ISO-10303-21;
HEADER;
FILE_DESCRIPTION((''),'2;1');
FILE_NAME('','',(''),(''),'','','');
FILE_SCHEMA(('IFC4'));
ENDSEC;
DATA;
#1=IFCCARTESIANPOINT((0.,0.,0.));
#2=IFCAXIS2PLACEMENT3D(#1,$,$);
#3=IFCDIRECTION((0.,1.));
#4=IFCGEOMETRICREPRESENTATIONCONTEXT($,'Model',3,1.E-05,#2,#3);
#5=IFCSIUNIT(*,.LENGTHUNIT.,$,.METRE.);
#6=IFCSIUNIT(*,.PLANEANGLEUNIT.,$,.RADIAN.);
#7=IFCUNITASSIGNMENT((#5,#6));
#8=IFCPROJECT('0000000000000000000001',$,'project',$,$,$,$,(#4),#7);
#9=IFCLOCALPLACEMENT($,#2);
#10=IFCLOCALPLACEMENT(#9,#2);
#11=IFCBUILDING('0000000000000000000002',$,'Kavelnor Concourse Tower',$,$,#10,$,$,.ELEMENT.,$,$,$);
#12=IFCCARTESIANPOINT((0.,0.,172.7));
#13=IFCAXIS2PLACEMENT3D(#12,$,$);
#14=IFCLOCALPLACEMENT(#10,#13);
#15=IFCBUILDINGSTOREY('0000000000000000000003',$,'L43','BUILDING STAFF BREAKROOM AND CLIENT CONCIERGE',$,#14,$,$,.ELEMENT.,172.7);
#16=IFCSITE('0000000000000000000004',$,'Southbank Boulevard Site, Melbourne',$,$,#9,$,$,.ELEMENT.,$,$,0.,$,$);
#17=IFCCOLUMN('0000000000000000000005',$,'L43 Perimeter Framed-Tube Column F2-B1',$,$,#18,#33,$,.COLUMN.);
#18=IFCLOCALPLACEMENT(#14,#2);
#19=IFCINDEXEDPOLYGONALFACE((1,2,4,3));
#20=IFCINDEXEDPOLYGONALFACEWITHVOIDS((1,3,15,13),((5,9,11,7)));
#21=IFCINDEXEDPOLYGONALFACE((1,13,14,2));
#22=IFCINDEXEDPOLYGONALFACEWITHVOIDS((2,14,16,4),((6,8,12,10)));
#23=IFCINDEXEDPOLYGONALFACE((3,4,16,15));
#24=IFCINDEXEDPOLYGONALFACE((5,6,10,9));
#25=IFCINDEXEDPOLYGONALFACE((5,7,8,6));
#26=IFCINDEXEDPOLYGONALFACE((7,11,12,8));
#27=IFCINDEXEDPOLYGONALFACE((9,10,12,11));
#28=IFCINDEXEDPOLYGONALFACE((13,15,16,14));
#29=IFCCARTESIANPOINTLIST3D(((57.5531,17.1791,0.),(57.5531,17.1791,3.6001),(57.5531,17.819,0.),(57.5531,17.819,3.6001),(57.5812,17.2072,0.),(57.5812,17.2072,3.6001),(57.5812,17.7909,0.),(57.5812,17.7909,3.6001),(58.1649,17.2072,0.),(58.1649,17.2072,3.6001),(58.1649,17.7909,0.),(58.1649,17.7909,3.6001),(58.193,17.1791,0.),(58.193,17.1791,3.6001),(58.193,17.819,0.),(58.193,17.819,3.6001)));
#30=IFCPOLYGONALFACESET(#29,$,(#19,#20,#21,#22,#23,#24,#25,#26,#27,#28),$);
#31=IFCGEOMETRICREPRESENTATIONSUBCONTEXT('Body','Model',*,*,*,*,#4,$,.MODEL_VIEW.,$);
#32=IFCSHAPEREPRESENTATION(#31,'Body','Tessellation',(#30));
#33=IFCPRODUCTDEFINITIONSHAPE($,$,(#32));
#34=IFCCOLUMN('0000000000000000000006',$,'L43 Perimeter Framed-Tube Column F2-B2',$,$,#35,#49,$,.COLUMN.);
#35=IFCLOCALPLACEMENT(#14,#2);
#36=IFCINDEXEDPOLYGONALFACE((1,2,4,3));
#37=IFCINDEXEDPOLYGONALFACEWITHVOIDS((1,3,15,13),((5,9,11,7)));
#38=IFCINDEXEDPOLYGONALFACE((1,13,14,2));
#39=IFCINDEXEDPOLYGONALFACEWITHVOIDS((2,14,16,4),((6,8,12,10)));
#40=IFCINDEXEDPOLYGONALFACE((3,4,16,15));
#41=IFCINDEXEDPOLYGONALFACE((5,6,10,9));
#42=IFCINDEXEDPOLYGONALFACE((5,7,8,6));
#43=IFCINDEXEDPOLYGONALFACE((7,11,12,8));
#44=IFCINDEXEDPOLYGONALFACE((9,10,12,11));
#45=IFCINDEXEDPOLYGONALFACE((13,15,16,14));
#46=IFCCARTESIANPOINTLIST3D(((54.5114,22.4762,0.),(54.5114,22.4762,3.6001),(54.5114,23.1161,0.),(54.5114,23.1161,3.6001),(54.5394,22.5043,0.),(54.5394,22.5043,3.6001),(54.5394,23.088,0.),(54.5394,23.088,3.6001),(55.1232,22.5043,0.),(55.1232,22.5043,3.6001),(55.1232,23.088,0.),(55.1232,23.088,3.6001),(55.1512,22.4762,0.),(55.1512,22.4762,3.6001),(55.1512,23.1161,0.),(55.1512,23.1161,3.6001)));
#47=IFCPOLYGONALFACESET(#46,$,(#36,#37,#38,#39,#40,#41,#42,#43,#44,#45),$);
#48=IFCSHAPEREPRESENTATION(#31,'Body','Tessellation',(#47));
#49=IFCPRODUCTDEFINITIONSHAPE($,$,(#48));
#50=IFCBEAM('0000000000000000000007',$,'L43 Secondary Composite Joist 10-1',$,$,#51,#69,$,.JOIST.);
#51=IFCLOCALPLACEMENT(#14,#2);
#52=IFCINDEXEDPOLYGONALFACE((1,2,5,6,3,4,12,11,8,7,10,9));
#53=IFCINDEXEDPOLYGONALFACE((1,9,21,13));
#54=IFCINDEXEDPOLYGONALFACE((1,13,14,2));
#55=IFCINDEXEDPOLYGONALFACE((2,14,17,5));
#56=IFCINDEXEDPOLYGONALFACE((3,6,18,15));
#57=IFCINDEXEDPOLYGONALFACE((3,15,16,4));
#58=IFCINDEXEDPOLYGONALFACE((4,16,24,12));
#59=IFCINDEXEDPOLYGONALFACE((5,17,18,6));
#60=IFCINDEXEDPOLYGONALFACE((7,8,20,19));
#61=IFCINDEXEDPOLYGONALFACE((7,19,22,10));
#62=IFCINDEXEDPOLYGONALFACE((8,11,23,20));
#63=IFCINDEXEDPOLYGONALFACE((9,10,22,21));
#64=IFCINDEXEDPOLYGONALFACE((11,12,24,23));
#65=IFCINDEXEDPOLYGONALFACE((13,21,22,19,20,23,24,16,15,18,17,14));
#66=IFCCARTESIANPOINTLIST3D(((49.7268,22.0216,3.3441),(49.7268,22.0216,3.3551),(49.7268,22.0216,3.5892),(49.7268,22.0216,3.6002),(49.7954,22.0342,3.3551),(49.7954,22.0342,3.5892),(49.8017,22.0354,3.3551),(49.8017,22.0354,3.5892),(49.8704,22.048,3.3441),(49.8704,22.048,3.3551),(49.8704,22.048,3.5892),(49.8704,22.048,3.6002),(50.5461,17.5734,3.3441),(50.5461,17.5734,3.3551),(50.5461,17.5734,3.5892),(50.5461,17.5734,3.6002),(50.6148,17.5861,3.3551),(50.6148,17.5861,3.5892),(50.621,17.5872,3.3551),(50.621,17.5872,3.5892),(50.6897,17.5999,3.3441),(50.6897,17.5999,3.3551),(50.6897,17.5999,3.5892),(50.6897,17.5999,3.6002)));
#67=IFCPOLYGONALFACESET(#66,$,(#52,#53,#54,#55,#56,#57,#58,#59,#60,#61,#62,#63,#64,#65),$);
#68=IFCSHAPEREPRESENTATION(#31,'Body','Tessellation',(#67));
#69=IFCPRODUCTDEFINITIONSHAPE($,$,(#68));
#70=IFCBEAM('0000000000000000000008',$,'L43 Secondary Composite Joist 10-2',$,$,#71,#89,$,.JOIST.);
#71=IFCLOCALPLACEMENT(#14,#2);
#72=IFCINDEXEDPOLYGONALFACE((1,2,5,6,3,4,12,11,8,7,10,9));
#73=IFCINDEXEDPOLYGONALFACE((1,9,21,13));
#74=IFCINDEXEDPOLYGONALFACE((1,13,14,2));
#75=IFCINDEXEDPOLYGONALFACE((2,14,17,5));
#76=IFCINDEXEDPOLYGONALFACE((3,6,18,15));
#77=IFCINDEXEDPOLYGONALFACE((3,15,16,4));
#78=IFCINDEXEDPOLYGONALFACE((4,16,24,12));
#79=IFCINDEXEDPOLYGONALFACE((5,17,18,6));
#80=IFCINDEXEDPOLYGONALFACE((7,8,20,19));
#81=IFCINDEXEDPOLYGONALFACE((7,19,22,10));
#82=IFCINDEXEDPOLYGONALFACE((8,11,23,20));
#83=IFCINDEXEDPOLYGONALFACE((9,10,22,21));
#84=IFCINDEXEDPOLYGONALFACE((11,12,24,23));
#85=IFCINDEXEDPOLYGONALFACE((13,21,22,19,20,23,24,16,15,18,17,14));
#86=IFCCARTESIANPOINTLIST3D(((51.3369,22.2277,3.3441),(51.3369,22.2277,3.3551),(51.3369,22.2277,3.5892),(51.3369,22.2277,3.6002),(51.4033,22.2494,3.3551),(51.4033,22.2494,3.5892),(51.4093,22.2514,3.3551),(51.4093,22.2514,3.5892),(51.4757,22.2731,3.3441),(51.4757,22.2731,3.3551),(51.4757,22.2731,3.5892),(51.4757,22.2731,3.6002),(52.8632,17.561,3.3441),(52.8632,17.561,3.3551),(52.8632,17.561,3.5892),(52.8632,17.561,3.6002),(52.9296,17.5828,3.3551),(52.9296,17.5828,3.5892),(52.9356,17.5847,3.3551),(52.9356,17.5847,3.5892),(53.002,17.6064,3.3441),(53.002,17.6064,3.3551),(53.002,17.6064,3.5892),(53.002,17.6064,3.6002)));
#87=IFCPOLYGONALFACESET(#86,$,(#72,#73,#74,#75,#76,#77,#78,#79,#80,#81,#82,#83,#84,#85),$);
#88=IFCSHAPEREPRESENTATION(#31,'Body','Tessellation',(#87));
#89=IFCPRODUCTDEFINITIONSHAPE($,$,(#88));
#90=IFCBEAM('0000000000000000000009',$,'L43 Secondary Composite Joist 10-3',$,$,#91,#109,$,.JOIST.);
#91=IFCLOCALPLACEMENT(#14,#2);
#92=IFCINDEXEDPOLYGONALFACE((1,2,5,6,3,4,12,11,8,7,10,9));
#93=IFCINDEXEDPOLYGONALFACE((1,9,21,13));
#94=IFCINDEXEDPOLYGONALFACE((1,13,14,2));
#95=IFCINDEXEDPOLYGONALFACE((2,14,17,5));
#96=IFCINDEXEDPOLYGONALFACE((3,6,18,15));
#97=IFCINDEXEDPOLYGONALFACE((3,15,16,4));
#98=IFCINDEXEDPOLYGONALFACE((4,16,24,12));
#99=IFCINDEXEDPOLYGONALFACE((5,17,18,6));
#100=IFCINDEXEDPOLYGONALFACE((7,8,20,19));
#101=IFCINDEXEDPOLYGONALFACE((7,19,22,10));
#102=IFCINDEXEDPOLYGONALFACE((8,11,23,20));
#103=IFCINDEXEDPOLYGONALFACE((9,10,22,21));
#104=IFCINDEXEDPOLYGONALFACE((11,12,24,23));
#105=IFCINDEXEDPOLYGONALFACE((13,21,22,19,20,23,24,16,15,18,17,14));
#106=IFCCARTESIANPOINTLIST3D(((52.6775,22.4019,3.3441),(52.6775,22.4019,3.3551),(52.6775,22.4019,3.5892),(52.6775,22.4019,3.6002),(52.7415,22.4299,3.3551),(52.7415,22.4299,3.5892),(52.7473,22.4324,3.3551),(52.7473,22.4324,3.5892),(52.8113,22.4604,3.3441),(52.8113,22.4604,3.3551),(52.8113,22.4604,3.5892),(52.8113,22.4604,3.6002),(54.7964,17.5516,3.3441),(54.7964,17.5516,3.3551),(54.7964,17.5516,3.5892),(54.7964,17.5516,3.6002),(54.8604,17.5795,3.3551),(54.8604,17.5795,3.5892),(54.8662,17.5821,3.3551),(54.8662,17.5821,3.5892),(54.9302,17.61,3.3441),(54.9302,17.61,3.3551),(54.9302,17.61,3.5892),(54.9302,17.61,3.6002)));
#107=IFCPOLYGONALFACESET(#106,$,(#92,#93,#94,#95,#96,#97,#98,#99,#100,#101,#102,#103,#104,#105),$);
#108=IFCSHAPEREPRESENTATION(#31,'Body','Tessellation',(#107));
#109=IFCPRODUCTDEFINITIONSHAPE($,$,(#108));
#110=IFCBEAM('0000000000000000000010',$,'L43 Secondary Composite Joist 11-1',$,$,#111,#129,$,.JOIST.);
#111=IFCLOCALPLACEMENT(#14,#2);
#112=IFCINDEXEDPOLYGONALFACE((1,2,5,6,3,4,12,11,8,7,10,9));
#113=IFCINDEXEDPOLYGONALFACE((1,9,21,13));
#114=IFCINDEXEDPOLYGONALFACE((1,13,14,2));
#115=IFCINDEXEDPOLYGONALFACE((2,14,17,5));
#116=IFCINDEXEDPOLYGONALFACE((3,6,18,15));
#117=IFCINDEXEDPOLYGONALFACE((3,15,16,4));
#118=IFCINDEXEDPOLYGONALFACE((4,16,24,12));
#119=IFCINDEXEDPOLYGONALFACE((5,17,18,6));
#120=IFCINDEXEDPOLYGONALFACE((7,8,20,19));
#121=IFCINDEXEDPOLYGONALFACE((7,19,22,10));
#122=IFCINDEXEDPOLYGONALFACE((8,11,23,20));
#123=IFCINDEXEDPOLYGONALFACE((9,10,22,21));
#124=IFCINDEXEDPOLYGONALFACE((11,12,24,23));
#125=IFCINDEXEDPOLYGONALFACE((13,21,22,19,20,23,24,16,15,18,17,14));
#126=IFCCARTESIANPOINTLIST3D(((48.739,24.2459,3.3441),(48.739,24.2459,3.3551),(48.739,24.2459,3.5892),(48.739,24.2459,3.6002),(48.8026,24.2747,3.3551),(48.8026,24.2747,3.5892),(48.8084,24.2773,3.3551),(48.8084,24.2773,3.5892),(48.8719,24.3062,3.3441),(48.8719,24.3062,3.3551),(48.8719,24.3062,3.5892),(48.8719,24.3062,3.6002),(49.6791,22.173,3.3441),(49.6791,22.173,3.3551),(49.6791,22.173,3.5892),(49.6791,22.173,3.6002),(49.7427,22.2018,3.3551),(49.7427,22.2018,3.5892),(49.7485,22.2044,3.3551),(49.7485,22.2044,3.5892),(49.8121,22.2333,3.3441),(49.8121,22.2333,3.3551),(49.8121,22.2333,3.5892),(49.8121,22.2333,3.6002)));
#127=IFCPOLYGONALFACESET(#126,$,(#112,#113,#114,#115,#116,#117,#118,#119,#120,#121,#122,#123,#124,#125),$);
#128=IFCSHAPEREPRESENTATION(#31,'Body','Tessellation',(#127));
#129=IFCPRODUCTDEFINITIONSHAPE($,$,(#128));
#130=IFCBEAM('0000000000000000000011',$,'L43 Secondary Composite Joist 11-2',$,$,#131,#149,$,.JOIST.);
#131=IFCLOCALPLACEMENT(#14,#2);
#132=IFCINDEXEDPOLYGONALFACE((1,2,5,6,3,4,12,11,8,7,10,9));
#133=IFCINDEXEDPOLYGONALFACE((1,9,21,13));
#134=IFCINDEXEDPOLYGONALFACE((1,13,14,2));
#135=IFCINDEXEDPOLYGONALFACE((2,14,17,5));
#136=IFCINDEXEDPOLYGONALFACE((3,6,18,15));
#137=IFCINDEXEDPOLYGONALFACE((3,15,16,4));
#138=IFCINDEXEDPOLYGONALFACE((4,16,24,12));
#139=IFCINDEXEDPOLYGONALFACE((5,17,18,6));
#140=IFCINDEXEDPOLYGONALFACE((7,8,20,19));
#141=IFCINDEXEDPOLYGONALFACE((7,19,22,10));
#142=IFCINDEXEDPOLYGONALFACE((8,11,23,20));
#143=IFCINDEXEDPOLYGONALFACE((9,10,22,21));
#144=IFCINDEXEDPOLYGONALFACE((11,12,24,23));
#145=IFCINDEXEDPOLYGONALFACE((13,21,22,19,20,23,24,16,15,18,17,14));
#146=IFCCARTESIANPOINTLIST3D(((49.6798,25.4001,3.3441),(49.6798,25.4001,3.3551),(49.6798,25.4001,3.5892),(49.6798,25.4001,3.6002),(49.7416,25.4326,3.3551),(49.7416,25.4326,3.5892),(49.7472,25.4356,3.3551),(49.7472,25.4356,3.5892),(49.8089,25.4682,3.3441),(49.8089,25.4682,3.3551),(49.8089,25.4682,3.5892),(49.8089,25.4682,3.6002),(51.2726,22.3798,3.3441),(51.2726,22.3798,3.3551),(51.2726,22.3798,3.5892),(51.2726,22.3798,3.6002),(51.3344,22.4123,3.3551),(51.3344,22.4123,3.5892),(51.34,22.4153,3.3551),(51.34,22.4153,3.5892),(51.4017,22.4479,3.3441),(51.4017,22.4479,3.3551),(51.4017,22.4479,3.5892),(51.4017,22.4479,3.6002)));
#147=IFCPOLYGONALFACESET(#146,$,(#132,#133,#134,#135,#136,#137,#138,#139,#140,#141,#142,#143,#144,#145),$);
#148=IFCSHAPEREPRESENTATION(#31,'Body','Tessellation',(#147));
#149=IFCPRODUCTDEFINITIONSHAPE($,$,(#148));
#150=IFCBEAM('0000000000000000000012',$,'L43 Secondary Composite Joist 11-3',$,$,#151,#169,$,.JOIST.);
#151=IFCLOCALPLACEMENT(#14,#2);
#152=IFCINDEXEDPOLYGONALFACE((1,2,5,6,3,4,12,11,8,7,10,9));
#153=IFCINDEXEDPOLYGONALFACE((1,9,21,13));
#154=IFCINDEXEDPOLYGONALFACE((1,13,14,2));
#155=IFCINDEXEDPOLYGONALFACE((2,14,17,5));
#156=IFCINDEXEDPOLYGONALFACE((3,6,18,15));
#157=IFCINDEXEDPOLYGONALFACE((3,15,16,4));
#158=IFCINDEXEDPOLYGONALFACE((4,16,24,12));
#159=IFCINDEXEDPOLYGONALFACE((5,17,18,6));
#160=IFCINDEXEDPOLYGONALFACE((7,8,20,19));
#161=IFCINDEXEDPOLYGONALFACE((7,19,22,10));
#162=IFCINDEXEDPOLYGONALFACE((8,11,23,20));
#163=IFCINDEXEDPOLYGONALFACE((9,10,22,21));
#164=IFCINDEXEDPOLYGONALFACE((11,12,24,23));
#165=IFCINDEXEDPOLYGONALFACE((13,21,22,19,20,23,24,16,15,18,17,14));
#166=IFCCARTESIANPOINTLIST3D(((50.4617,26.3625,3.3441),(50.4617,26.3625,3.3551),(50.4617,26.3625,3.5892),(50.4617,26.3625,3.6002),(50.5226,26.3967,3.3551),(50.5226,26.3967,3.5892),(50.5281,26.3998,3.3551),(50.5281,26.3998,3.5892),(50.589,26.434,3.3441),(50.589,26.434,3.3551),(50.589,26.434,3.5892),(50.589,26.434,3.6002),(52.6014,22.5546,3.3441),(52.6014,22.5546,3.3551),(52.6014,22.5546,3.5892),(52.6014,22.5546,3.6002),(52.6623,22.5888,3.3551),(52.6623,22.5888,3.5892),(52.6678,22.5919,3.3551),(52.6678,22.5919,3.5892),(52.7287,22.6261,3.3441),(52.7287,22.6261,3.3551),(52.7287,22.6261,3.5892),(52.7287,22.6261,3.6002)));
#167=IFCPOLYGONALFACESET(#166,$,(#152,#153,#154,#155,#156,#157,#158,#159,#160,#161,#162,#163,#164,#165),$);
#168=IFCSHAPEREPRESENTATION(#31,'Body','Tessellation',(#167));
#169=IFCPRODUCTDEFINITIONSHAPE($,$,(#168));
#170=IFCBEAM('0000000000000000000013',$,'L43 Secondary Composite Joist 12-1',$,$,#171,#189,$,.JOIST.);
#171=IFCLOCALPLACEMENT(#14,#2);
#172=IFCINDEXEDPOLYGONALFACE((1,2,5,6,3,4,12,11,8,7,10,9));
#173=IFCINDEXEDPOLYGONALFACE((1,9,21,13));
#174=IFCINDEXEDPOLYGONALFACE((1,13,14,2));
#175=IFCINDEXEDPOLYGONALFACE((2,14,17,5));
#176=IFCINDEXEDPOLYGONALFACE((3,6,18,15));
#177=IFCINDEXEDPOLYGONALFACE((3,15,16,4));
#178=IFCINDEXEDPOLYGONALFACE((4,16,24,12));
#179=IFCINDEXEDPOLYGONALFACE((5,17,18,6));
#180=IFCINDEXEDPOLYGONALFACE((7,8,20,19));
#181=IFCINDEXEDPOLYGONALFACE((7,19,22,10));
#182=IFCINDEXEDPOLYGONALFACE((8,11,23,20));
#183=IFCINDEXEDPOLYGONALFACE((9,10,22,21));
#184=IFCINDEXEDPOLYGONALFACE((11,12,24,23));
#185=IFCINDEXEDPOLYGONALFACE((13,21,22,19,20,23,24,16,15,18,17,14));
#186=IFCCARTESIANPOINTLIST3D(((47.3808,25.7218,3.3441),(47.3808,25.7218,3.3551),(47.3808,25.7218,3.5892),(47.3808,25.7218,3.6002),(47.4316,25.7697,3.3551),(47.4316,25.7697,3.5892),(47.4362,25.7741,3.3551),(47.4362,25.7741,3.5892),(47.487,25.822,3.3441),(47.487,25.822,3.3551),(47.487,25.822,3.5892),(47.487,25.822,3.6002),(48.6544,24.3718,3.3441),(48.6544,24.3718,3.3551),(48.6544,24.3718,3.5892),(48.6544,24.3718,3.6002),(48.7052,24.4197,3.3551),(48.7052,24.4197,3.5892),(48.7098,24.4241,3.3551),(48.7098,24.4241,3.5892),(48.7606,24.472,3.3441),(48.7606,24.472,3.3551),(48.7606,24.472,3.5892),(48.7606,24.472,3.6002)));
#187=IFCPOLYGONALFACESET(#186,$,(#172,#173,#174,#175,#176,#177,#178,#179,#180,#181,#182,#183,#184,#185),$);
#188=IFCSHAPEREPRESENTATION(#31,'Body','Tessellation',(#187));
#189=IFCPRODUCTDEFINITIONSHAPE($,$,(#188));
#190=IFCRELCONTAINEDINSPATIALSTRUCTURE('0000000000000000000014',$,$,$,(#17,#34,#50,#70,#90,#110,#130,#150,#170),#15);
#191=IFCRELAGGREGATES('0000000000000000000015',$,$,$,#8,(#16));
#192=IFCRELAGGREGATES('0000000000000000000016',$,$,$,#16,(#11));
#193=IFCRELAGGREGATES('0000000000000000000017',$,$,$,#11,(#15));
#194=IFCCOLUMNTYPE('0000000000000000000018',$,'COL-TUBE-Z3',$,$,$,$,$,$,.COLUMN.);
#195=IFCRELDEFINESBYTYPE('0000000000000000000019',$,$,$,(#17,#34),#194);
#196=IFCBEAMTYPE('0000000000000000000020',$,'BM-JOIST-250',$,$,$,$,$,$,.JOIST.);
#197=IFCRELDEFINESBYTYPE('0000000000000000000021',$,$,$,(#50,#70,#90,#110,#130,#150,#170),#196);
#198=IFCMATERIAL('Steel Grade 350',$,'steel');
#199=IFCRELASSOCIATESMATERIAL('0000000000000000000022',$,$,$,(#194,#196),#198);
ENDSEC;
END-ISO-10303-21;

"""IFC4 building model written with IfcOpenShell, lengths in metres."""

from ifc_helpers import new_model, si_unit, direction, frame, origin, origin_2d, place, context, subcontext, project, spatial, hollow_rectangle, i_section, extrude, material, material_profile, profile_set, type_object, element, save


model = new_model("IFC4")

# Units and contexts
model_context = context("Model", 3, precision=1e-05, world=origin(), true_north=direction((0.0, 1.0)))
body_context = subcontext(model_context, "Body", "Model", "MODEL_VIEW")
ifc_project = project(units=[si_unit("LENGTHUNIT", "METRE"), si_unit("PLANEANGLEUNIT", "RADIAN")], contexts=[model_context])

# Site, building, storey
site_placement = place(None, origin())
site = spatial("IfcSite", under=ifc_project, at=site_placement, Name="Southbank Boulevard Site, Melbourne", CompositionType="ELEMENT", RefElevation=0.0)
building_placement = place(site_placement, origin())
building = spatial("IfcBuilding", under=site, at=building_placement, Name="Kavelnor Concourse Tower", CompositionType="ELEMENT")
storey_placement = place(building_placement, frame((0.0, 0.0, 172.7)))
storey = spatial("IfcBuildingStorey", under=building, at=storey_placement, Name="L43", Description="BUILDING STAFF BREAKROOM AND CLIENT CONCIERGE", CompositionType="ELEMENT", Elevation=172.7)

# Columns
ifc_material_1 = material(Name="Steel Grade 350", Category="steel")
ifc_material_profile_1 = material_profile(ifc_material_1, hollow_rectangle(XDim=0.6399, YDim=0.6399, WallThickness=0.0281, at=origin_2d()), Name="SHS 640x640x28")
ifc_profile_set_1 = profile_set([ifc_material_profile_1], Name="Steel Grade 350")
column_type = type_object("IfcColumnType", Name="COL-TUBE-Z3", PredefinedType="COLUMN", material=ifc_profile_set_1)
for number, where, z_axis, x_axis, name in (
    (1, (57.873, 17.499, 0.0), (0.0, 0.0, 1.0), (1.0, 0.0, 0.0), "L43 Perimeter Framed-Tube Column F2-B1"),
    (2, (54.8313, 22.7961, 0.0), (0.0, 0.0, 1.0), (1.0, 0.0, 0.0), "L43 Perimeter Framed-Tube Column F2-B2"),
):
    element("IfcColumn", number, at=place(storey_placement, frame(where, z_axis=z_axis, x_axis=x_axis)), inside=storey, type_object=column_type, Name=name, PredefinedType="COLUMN", context=body_context, shape_type="SweptSolid", body=[
        extrude(hollow_rectangle(XDim=0.6399, YDim=0.6399, WallThickness=0.0281, at=origin_2d()), origin(), (0.0, 0.0, 1.0), 3.6001),
    ])

# Beams
ifc_material_profile_2 = material_profile(ifc_material_1, i_section(OverallWidth=0.146, OverallDepth=0.2561, WebThickness=0.0063, FlangeThickness=0.011, at=origin_2d()), Name="250UB37")
ifc_profile_set_2 = profile_set([ifc_material_profile_2], Name="Steel Grade 350")
beam_type_1 = type_object("IfcBeamType", Name="BM-JOIST-250", PredefinedType="JOIST", material=ifc_profile_set_2)
beam_1_placement = place(storey_placement, frame((50.6179, 17.5867, 3.4722), z_axis=(-0.181156, 0.983454, 0.0), x_axis=(-0.983454, -0.181156, 0.0)))
element("IfcBeam", 3, at=beam_1_placement, inside=storey, type_object=beam_type_1, Name="L43 Secondary Composite Joist 10-1", PredefinedType="JOIST", context=body_context, shape_type="SweptSolid", body=[
    extrude(i_section(OverallWidth=0.146, OverallDepth=0.2561, WebThickness=0.0063, FlangeThickness=0.011, at=origin_2d()), origin(), (0.0, 0.0, 1.0), 4.5229),
])
beam_2_placement = place(storey_placement, frame((52.9326, 17.5837, 3.4722), z_axis=(-0.310868, 0.950453, 0.0), x_axis=(-0.950453, -0.310868, 0.0)))
element("IfcBeam", 4, at=beam_2_placement, inside=storey, type_object=beam_type_1, Name="L43 Secondary Composite Joist 10-2", PredefinedType="JOIST", context=body_context, shape_type="SweptSolid", body=[
    extrude(i_section(OverallWidth=0.146, OverallDepth=0.2561, WebThickness=0.0063, FlangeThickness=0.011, at=origin_2d()), origin(), (0.0, 0.0, 1.0), 4.9099),
])
beam_3_placement = place(storey_placement, frame((54.8633, 17.5808, 3.4722), z_axis=(-0.400323, 0.916374, 0.0), x_axis=(-0.916374, -0.400323, 0.0)))
element("IfcBeam", 5, at=beam_3_placement, inside=storey, type_object=beam_type_1, Name="L43 Secondary Composite Joist 10-3", PredefinedType="JOIST", context=body_context, shape_type="SweptSolid", body=[
    extrude(i_section(OverallWidth=0.146, OverallDepth=0.2561, WebThickness=0.0063, FlangeThickness=0.011, at=origin_2d()), origin(), (0.0, 0.0, 1.0), 5.293),
])
beam_4_placement = place(storey_placement, frame((49.7456, 22.2031, 3.4722), z_axis=(-0.413043, 0.910711, 0.0), x_axis=(-0.910711, -0.413043, 0.0)))
element("IfcBeam", 6, at=beam_4_placement, inside=storey, type_object=beam_type_1, Name="L43 Secondary Composite Joist 11-1", PredefinedType="JOIST", context=body_context, shape_type="SweptSolid", body=[
    extrude(i_section(OverallWidth=0.146, OverallDepth=0.2561, WebThickness=0.0063, FlangeThickness=0.011, at=origin_2d()), origin(), (0.0, 0.0, 1.0), 2.2761),
])
beam_5_placement = place(storey_placement, frame((51.3372, 22.4138, 3.4722), z_axis=(-0.466471, 0.884536, 0.0), x_axis=(-0.884536, -0.466471, 0.0)))
element("IfcBeam", 7, at=beam_5_placement, inside=storey, type_object=beam_type_1, Name="L43 Secondary Composite Joist 11-2", PredefinedType="JOIST", context=body_context, shape_type="SweptSolid", body=[
    extrude(i_section(OverallWidth=0.146, OverallDepth=0.2561, WebThickness=0.0063, FlangeThickness=0.011, at=origin_2d()), origin(), (0.0, 0.0, 1.0), 3.4146),
])
beam_6_placement = place(storey_placement, frame((52.665, 22.5903, 3.4722), z_axis=(-0.489866, 0.871798, 0.0), x_axis=(-0.871798, -0.489866, 0.0)))
element("IfcBeam", 8, at=beam_6_placement, inside=storey, type_object=beam_type_1, Name="L43 Secondary Composite Joist 11-3", PredefinedType="JOIST", context=body_context, shape_type="SweptSolid", body=[
    extrude(i_section(OverallWidth=0.146, OverallDepth=0.2561, WebThickness=0.0063, FlangeThickness=0.011, at=origin_2d()), origin(), (0.0, 0.0, 1.0), 4.3679),
])
beam_7_placement = place(storey_placement, frame((48.7075, 24.4219, 3.4722), z_axis=(-0.686222, 0.727392, 0.0), x_axis=(-0.727392, -0.686222, 0.0)))
element("IfcBeam", 9, at=beam_7_placement, inside=storey, type_object=beam_type_1, Name="L43 Secondary Composite Joist 12-1", PredefinedType="JOIST", context=body_context, shape_type="SweptSolid", body=[
    extrude(i_section(OverallWidth=0.146, OverallDepth=0.2561, WebThickness=0.0063, FlangeThickness=0.011, at=origin_2d()), origin(), (0.0, 0.0, 1.0), 1.856),
])

save(model, "model.ifc")
